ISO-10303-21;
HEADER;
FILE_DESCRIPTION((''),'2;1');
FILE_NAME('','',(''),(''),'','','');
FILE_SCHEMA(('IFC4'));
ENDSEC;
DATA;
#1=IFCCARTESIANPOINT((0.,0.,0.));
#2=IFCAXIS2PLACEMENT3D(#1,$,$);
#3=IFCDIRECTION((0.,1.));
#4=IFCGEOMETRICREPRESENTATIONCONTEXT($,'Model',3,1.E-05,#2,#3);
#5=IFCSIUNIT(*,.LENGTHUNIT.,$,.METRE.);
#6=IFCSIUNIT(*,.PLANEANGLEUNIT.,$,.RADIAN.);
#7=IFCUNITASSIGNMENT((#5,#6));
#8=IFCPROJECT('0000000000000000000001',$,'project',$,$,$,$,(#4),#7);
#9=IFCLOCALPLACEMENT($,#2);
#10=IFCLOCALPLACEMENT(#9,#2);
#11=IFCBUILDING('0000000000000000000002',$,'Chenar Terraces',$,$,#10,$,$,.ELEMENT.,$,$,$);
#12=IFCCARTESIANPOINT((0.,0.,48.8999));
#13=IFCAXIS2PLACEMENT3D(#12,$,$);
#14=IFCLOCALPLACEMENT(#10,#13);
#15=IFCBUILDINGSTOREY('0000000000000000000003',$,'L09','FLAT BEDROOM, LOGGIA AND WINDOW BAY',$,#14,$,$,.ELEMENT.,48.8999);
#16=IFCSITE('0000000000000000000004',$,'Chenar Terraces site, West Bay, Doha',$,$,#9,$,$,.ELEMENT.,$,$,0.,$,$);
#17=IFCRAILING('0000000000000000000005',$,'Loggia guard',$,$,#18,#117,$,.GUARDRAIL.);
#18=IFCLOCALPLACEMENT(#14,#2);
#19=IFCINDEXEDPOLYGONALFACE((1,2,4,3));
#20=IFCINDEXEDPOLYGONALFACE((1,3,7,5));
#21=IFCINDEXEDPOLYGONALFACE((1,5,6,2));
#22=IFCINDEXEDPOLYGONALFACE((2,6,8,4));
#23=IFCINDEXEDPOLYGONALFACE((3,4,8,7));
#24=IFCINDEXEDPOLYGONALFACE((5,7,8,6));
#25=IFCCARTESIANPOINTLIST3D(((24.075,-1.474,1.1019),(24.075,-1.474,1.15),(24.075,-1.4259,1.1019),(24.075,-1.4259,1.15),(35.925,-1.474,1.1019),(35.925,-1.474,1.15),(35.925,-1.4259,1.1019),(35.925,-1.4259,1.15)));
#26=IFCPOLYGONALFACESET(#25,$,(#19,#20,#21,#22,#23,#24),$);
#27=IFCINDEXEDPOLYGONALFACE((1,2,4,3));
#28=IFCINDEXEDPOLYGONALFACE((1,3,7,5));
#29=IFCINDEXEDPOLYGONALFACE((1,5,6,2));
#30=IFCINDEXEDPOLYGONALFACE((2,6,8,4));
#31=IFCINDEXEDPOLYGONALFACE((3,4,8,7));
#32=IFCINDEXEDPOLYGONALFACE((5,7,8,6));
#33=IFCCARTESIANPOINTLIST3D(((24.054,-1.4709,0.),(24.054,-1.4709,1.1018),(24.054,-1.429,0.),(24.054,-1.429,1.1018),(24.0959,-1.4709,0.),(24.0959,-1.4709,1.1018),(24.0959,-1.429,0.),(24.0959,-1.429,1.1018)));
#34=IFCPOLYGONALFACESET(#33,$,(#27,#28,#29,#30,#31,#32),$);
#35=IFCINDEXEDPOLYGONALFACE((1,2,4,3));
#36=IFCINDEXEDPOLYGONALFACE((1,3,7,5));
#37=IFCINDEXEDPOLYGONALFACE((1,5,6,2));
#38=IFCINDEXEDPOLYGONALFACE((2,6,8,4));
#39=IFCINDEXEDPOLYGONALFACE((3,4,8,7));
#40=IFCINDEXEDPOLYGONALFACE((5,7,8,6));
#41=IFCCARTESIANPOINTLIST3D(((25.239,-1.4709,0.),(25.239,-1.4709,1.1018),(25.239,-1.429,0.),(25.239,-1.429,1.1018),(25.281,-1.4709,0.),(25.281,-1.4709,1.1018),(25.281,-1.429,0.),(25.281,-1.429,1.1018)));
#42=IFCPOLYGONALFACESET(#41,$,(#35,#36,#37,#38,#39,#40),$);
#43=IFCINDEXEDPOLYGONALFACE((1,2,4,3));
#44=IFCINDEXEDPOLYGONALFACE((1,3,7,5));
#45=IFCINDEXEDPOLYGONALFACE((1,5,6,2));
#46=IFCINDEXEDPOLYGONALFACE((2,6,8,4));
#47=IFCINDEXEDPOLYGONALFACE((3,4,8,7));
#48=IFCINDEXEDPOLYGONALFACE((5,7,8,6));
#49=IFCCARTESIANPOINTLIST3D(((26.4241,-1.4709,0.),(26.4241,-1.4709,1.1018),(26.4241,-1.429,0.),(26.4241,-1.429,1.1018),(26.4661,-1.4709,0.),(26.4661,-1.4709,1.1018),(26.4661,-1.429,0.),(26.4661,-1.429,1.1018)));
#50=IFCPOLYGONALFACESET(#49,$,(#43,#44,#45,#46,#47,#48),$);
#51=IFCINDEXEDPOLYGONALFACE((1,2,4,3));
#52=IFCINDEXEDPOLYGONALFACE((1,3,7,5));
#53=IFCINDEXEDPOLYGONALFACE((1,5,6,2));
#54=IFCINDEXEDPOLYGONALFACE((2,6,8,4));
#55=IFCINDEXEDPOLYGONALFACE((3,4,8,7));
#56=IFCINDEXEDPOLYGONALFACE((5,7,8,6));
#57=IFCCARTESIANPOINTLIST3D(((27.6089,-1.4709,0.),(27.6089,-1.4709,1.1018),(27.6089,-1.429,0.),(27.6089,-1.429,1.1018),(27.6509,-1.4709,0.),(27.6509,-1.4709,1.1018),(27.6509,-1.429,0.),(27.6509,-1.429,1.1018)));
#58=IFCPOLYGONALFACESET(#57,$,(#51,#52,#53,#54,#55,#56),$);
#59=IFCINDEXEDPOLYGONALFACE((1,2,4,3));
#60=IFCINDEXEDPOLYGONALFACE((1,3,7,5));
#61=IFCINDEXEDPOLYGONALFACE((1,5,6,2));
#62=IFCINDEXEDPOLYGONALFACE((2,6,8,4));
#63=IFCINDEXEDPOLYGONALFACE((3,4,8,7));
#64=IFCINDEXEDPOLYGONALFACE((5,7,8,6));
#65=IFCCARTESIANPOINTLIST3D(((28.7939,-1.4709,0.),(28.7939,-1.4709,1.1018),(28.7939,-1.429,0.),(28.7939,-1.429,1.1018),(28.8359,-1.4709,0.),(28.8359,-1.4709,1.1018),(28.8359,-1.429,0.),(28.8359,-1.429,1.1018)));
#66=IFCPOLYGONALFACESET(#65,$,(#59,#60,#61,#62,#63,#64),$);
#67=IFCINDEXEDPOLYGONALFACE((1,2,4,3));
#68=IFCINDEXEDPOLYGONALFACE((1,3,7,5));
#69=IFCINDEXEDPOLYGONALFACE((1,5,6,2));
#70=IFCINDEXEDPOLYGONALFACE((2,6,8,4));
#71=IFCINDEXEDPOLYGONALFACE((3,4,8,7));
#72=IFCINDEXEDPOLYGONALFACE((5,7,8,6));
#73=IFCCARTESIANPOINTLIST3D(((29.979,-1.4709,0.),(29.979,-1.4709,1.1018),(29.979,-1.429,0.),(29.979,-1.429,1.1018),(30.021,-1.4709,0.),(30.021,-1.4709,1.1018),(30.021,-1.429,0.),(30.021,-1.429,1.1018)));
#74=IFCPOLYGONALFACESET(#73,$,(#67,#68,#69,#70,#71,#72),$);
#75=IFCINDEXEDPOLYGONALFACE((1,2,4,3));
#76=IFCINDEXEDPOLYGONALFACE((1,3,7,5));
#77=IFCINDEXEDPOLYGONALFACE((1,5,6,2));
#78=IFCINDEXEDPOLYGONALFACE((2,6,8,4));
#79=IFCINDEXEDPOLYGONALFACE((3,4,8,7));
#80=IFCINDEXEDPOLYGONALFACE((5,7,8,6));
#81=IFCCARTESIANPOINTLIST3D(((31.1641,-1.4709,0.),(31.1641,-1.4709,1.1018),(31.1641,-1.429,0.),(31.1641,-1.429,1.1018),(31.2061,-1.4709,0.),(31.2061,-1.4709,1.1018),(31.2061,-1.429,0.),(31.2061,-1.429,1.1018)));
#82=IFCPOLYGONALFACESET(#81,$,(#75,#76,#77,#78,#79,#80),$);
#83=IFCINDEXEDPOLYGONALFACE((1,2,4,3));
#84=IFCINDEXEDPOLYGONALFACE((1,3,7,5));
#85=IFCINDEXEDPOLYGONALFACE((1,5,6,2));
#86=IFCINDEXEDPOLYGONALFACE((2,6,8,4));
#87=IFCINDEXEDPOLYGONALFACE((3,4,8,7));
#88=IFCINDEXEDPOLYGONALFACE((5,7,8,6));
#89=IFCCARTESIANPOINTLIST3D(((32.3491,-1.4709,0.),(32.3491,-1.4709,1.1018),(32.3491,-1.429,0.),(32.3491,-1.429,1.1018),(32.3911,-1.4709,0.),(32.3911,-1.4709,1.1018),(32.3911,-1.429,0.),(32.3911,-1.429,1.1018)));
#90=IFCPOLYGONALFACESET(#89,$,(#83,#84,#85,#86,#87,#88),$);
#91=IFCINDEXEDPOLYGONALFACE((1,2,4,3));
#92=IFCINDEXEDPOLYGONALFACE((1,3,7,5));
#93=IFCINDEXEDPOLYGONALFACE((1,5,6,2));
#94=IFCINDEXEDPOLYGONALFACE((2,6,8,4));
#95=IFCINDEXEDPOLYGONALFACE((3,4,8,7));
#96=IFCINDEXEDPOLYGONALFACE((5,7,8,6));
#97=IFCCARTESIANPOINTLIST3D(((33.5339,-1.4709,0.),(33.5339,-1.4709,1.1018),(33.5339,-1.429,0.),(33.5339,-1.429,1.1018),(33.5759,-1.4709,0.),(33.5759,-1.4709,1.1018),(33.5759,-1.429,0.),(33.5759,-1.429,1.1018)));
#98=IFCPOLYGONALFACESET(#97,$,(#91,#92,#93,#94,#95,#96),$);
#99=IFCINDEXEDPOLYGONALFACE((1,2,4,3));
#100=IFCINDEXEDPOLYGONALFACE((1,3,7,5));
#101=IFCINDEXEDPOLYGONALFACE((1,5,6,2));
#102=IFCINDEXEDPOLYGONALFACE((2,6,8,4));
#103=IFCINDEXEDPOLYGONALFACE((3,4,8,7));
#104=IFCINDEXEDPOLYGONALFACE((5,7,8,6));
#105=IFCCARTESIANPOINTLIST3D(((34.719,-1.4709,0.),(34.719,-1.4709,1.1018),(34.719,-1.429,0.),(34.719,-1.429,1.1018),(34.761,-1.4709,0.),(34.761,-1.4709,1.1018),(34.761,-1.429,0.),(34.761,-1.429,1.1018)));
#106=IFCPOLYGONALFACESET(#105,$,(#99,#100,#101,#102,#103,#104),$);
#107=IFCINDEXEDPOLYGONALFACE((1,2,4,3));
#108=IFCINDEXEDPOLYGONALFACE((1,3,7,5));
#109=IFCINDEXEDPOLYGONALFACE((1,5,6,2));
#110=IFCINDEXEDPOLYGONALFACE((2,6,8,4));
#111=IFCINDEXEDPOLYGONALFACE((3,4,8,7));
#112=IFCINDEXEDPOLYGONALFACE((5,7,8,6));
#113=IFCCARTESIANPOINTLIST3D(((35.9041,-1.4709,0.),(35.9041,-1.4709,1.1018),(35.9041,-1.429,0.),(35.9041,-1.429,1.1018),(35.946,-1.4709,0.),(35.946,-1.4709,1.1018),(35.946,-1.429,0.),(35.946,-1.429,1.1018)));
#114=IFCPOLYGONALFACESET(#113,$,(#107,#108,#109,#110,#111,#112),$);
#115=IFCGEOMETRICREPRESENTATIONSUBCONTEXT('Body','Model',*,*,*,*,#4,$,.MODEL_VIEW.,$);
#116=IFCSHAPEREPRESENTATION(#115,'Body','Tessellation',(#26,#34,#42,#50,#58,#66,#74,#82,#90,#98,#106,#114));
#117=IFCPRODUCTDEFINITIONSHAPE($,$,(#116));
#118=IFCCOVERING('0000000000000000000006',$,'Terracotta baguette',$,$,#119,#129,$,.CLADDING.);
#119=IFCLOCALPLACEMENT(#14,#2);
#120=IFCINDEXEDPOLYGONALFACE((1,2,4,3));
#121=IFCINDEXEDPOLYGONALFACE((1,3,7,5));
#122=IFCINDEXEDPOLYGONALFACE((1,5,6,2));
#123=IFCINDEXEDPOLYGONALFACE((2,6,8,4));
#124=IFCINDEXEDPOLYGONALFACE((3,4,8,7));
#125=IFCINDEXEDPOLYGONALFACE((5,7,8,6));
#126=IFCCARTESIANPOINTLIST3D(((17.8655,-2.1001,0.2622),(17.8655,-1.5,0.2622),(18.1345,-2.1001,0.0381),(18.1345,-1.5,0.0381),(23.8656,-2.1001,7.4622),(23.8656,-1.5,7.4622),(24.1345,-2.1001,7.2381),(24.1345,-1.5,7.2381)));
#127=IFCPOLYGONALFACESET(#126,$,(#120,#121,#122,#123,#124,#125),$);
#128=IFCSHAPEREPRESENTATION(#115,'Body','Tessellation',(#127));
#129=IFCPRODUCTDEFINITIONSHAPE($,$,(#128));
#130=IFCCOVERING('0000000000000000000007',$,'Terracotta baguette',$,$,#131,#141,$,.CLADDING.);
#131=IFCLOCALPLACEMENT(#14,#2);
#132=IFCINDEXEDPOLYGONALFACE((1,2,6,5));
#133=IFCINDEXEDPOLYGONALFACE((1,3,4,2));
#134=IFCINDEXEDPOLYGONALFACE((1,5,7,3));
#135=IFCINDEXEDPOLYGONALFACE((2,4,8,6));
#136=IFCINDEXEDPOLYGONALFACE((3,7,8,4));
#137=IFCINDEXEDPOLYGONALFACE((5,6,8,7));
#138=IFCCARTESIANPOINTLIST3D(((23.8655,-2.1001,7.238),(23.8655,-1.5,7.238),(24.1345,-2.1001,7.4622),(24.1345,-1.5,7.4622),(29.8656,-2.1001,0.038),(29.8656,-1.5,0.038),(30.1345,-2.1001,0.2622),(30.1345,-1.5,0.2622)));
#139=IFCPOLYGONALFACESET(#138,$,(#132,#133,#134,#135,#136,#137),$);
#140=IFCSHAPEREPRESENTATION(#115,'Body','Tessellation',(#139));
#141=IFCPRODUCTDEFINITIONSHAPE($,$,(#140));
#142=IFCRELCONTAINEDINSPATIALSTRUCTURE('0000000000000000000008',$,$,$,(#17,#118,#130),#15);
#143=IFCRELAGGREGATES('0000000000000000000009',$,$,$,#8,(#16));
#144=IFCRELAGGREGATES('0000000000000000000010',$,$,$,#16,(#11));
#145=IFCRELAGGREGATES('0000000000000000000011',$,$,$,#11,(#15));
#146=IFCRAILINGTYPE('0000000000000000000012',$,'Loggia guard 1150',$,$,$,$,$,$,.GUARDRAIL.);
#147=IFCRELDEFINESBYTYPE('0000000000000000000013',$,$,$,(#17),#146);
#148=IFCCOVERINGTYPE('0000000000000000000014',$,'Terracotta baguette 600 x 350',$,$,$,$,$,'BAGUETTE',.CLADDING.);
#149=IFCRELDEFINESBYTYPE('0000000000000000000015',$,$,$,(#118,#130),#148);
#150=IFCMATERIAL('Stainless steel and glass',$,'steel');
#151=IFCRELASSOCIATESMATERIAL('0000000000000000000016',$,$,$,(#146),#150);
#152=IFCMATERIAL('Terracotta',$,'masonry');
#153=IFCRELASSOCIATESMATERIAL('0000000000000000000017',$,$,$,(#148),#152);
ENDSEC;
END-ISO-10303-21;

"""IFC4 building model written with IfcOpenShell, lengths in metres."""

from ifc_helpers import new_model, si_unit, direction, frame, origin, origin_2d, place, context, subcontext, project, spatial, rectangle, extrude, material, material_profile, profile_set, type_object, element, save


model = new_model("IFC4")

# Units and contexts
model_context = context("Model", 3, precision=1e-05, world=origin(), true_north=direction((0.0, 1.0)))
body_context = subcontext(model_context, "Body", "Model", "MODEL_VIEW")
ifc_project = project(units=[si_unit("LENGTHUNIT", "METRE"), si_unit("PLANEANGLEUNIT", "RADIAN")], contexts=[model_context])

# Site, building, storey
site_placement = place(None, origin())
site = spatial("IfcSite", under=ifc_project, at=site_placement, Name="Chenar Terraces site, West Bay, Doha", CompositionType="ELEMENT", RefElevation=0.0)
building_placement = place(site_placement, origin())
building = spatial("IfcBuilding", under=site, at=building_placement, Name="Chenar Terraces", CompositionType="ELEMENT")
storey_placement = place(building_placement, frame((0.0, 0.0, 48.8999)))
storey = spatial("IfcBuildingStorey", under=building, at=storey_placement, Name="L09", Description="FLAT BEDROOM, LOGGIA AND WINDOW BAY", CompositionType="ELEMENT", Elevation=48.8999)

# Railing
ifc_material_1 = material(Name="Stainless steel and glass", Category="steel")
railing_type = type_object("IfcRailingType", Name="Loggia guard 1150", PredefinedType="GUARDRAIL", material=ifc_material_1)
railing_placement = place(storey_placement, frame((24.075, -1.45, 0.0)))
element("IfcRailing", 1, at=railing_placement, inside=storey, type_object=railing_type, Name="Loggia guard", PredefinedType="GUARDRAIL", context=body_context, shape_type="SweptSolid", body=[
    extrude(rectangle(XDim=0.0481, YDim=0.0481, at=origin_2d()), frame((0.0, 0.0, 1.126), z_axis=(1.0, 0.0, 0.0), x_axis=(0.0, 1.0, 0.0)), (0.0, 0.0, 1.0), 11.8501),
    extrude(rectangle(XDim=0.042, YDim=0.042, at=origin_2d()), origin(), (0.0, 0.0, 1.0), 1.1018),
    extrude(rectangle(XDim=0.042, YDim=0.042, at=origin_2d()), frame((1.1851, 0.0, 0.0)), (0.0, 0.0, 1.0), 1.1018),
    extrude(rectangle(XDim=0.042, YDim=0.042, at=origin_2d()), frame((2.3701, 0.0, 0.0)), (0.0, 0.0, 1.0), 1.1018),
    extrude(rectangle(XDim=0.042, YDim=0.042, at=origin_2d()), frame((3.5549, 0.0, 0.0)), (0.0, 0.0, 1.0), 1.1018),
    extrude(rectangle(XDim=0.042, YDim=0.042, at=origin_2d()), frame((4.74, 0.0, 0.0)), (0.0, 0.0, 1.0), 1.1018),
    extrude(rectangle(XDim=0.042, YDim=0.042, at=origin_2d()), frame((5.925, 0.0, 0.0)), (0.0, 0.0, 1.0), 1.1018),
    extrude(rectangle(XDim=0.042, YDim=0.042, at=origin_2d()), frame((7.1101, 0.0, 0.0)), (0.0, 0.0, 1.0), 1.1018),
    extrude(rectangle(XDim=0.042, YDim=0.042, at=origin_2d()), frame((8.2952, 0.0, 0.0)), (0.0, 0.0, 1.0), 1.1018),
    extrude(rectangle(XDim=0.042, YDim=0.042, at=origin_2d()), frame((9.48, 0.0, 0.0)), (0.0, 0.0, 1.0), 1.1018),
    extrude(rectangle(XDim=0.042, YDim=0.042, at=origin_2d()), frame((10.665, 0.0, 0.0)), (0.0, 0.0, 1.0), 1.1018),
    extrude(rectangle(XDim=0.042, YDim=0.042, at=origin_2d()), frame((11.8501, 0.0, 0.0)), (0.0, 0.0, 1.0), 1.1018),
])

# Coverings
ifc_material_2 = material(Name="Terracotta", Category="masonry")
ifc_material_profile_1 = material_profile(ifc_material_2, rectangle(XDim=0.6001, YDim=0.3501, at=origin_2d()), Name="Terracotta baguette 600 x 350")
ifc_profile_set_1 = profile_set([ifc_material_profile_1], Name="Terracotta")
covering_type = type_object("IfcCoveringType", Name="Terracotta baguette 600 x 350", ElementType="BAGUETTE", PredefinedType="CLADDING", material=ifc_profile_set_1)
for number, where, z_axis, x_axis, name in (
    (2, (18.0, -1.8, 0.1501), (0.640187, 0.0, 0.768219), (0.0, 1.0, 0.0), "Terracotta baguette"),
    (3, (24.0, -1.8, 7.3501), (0.640187, 0.0, -0.768219), (0.0, 1.0, 0.0), "Terracotta baguette"),
):
    element("IfcCovering", number, at=place(storey_placement, frame(where, z_axis=z_axis, x_axis=x_axis)), inside=storey, type_object=covering_type, Name=name, PredefinedType="CLADDING", context=body_context, shape_type="SweptSolid", body=[
        extrude(rectangle(XDim=0.6001, YDim=0.3501, at=origin_2d()), origin(), (0.0, 0.0, 1.0), 9.3723),
    ])

save(model, "model.ifc")
